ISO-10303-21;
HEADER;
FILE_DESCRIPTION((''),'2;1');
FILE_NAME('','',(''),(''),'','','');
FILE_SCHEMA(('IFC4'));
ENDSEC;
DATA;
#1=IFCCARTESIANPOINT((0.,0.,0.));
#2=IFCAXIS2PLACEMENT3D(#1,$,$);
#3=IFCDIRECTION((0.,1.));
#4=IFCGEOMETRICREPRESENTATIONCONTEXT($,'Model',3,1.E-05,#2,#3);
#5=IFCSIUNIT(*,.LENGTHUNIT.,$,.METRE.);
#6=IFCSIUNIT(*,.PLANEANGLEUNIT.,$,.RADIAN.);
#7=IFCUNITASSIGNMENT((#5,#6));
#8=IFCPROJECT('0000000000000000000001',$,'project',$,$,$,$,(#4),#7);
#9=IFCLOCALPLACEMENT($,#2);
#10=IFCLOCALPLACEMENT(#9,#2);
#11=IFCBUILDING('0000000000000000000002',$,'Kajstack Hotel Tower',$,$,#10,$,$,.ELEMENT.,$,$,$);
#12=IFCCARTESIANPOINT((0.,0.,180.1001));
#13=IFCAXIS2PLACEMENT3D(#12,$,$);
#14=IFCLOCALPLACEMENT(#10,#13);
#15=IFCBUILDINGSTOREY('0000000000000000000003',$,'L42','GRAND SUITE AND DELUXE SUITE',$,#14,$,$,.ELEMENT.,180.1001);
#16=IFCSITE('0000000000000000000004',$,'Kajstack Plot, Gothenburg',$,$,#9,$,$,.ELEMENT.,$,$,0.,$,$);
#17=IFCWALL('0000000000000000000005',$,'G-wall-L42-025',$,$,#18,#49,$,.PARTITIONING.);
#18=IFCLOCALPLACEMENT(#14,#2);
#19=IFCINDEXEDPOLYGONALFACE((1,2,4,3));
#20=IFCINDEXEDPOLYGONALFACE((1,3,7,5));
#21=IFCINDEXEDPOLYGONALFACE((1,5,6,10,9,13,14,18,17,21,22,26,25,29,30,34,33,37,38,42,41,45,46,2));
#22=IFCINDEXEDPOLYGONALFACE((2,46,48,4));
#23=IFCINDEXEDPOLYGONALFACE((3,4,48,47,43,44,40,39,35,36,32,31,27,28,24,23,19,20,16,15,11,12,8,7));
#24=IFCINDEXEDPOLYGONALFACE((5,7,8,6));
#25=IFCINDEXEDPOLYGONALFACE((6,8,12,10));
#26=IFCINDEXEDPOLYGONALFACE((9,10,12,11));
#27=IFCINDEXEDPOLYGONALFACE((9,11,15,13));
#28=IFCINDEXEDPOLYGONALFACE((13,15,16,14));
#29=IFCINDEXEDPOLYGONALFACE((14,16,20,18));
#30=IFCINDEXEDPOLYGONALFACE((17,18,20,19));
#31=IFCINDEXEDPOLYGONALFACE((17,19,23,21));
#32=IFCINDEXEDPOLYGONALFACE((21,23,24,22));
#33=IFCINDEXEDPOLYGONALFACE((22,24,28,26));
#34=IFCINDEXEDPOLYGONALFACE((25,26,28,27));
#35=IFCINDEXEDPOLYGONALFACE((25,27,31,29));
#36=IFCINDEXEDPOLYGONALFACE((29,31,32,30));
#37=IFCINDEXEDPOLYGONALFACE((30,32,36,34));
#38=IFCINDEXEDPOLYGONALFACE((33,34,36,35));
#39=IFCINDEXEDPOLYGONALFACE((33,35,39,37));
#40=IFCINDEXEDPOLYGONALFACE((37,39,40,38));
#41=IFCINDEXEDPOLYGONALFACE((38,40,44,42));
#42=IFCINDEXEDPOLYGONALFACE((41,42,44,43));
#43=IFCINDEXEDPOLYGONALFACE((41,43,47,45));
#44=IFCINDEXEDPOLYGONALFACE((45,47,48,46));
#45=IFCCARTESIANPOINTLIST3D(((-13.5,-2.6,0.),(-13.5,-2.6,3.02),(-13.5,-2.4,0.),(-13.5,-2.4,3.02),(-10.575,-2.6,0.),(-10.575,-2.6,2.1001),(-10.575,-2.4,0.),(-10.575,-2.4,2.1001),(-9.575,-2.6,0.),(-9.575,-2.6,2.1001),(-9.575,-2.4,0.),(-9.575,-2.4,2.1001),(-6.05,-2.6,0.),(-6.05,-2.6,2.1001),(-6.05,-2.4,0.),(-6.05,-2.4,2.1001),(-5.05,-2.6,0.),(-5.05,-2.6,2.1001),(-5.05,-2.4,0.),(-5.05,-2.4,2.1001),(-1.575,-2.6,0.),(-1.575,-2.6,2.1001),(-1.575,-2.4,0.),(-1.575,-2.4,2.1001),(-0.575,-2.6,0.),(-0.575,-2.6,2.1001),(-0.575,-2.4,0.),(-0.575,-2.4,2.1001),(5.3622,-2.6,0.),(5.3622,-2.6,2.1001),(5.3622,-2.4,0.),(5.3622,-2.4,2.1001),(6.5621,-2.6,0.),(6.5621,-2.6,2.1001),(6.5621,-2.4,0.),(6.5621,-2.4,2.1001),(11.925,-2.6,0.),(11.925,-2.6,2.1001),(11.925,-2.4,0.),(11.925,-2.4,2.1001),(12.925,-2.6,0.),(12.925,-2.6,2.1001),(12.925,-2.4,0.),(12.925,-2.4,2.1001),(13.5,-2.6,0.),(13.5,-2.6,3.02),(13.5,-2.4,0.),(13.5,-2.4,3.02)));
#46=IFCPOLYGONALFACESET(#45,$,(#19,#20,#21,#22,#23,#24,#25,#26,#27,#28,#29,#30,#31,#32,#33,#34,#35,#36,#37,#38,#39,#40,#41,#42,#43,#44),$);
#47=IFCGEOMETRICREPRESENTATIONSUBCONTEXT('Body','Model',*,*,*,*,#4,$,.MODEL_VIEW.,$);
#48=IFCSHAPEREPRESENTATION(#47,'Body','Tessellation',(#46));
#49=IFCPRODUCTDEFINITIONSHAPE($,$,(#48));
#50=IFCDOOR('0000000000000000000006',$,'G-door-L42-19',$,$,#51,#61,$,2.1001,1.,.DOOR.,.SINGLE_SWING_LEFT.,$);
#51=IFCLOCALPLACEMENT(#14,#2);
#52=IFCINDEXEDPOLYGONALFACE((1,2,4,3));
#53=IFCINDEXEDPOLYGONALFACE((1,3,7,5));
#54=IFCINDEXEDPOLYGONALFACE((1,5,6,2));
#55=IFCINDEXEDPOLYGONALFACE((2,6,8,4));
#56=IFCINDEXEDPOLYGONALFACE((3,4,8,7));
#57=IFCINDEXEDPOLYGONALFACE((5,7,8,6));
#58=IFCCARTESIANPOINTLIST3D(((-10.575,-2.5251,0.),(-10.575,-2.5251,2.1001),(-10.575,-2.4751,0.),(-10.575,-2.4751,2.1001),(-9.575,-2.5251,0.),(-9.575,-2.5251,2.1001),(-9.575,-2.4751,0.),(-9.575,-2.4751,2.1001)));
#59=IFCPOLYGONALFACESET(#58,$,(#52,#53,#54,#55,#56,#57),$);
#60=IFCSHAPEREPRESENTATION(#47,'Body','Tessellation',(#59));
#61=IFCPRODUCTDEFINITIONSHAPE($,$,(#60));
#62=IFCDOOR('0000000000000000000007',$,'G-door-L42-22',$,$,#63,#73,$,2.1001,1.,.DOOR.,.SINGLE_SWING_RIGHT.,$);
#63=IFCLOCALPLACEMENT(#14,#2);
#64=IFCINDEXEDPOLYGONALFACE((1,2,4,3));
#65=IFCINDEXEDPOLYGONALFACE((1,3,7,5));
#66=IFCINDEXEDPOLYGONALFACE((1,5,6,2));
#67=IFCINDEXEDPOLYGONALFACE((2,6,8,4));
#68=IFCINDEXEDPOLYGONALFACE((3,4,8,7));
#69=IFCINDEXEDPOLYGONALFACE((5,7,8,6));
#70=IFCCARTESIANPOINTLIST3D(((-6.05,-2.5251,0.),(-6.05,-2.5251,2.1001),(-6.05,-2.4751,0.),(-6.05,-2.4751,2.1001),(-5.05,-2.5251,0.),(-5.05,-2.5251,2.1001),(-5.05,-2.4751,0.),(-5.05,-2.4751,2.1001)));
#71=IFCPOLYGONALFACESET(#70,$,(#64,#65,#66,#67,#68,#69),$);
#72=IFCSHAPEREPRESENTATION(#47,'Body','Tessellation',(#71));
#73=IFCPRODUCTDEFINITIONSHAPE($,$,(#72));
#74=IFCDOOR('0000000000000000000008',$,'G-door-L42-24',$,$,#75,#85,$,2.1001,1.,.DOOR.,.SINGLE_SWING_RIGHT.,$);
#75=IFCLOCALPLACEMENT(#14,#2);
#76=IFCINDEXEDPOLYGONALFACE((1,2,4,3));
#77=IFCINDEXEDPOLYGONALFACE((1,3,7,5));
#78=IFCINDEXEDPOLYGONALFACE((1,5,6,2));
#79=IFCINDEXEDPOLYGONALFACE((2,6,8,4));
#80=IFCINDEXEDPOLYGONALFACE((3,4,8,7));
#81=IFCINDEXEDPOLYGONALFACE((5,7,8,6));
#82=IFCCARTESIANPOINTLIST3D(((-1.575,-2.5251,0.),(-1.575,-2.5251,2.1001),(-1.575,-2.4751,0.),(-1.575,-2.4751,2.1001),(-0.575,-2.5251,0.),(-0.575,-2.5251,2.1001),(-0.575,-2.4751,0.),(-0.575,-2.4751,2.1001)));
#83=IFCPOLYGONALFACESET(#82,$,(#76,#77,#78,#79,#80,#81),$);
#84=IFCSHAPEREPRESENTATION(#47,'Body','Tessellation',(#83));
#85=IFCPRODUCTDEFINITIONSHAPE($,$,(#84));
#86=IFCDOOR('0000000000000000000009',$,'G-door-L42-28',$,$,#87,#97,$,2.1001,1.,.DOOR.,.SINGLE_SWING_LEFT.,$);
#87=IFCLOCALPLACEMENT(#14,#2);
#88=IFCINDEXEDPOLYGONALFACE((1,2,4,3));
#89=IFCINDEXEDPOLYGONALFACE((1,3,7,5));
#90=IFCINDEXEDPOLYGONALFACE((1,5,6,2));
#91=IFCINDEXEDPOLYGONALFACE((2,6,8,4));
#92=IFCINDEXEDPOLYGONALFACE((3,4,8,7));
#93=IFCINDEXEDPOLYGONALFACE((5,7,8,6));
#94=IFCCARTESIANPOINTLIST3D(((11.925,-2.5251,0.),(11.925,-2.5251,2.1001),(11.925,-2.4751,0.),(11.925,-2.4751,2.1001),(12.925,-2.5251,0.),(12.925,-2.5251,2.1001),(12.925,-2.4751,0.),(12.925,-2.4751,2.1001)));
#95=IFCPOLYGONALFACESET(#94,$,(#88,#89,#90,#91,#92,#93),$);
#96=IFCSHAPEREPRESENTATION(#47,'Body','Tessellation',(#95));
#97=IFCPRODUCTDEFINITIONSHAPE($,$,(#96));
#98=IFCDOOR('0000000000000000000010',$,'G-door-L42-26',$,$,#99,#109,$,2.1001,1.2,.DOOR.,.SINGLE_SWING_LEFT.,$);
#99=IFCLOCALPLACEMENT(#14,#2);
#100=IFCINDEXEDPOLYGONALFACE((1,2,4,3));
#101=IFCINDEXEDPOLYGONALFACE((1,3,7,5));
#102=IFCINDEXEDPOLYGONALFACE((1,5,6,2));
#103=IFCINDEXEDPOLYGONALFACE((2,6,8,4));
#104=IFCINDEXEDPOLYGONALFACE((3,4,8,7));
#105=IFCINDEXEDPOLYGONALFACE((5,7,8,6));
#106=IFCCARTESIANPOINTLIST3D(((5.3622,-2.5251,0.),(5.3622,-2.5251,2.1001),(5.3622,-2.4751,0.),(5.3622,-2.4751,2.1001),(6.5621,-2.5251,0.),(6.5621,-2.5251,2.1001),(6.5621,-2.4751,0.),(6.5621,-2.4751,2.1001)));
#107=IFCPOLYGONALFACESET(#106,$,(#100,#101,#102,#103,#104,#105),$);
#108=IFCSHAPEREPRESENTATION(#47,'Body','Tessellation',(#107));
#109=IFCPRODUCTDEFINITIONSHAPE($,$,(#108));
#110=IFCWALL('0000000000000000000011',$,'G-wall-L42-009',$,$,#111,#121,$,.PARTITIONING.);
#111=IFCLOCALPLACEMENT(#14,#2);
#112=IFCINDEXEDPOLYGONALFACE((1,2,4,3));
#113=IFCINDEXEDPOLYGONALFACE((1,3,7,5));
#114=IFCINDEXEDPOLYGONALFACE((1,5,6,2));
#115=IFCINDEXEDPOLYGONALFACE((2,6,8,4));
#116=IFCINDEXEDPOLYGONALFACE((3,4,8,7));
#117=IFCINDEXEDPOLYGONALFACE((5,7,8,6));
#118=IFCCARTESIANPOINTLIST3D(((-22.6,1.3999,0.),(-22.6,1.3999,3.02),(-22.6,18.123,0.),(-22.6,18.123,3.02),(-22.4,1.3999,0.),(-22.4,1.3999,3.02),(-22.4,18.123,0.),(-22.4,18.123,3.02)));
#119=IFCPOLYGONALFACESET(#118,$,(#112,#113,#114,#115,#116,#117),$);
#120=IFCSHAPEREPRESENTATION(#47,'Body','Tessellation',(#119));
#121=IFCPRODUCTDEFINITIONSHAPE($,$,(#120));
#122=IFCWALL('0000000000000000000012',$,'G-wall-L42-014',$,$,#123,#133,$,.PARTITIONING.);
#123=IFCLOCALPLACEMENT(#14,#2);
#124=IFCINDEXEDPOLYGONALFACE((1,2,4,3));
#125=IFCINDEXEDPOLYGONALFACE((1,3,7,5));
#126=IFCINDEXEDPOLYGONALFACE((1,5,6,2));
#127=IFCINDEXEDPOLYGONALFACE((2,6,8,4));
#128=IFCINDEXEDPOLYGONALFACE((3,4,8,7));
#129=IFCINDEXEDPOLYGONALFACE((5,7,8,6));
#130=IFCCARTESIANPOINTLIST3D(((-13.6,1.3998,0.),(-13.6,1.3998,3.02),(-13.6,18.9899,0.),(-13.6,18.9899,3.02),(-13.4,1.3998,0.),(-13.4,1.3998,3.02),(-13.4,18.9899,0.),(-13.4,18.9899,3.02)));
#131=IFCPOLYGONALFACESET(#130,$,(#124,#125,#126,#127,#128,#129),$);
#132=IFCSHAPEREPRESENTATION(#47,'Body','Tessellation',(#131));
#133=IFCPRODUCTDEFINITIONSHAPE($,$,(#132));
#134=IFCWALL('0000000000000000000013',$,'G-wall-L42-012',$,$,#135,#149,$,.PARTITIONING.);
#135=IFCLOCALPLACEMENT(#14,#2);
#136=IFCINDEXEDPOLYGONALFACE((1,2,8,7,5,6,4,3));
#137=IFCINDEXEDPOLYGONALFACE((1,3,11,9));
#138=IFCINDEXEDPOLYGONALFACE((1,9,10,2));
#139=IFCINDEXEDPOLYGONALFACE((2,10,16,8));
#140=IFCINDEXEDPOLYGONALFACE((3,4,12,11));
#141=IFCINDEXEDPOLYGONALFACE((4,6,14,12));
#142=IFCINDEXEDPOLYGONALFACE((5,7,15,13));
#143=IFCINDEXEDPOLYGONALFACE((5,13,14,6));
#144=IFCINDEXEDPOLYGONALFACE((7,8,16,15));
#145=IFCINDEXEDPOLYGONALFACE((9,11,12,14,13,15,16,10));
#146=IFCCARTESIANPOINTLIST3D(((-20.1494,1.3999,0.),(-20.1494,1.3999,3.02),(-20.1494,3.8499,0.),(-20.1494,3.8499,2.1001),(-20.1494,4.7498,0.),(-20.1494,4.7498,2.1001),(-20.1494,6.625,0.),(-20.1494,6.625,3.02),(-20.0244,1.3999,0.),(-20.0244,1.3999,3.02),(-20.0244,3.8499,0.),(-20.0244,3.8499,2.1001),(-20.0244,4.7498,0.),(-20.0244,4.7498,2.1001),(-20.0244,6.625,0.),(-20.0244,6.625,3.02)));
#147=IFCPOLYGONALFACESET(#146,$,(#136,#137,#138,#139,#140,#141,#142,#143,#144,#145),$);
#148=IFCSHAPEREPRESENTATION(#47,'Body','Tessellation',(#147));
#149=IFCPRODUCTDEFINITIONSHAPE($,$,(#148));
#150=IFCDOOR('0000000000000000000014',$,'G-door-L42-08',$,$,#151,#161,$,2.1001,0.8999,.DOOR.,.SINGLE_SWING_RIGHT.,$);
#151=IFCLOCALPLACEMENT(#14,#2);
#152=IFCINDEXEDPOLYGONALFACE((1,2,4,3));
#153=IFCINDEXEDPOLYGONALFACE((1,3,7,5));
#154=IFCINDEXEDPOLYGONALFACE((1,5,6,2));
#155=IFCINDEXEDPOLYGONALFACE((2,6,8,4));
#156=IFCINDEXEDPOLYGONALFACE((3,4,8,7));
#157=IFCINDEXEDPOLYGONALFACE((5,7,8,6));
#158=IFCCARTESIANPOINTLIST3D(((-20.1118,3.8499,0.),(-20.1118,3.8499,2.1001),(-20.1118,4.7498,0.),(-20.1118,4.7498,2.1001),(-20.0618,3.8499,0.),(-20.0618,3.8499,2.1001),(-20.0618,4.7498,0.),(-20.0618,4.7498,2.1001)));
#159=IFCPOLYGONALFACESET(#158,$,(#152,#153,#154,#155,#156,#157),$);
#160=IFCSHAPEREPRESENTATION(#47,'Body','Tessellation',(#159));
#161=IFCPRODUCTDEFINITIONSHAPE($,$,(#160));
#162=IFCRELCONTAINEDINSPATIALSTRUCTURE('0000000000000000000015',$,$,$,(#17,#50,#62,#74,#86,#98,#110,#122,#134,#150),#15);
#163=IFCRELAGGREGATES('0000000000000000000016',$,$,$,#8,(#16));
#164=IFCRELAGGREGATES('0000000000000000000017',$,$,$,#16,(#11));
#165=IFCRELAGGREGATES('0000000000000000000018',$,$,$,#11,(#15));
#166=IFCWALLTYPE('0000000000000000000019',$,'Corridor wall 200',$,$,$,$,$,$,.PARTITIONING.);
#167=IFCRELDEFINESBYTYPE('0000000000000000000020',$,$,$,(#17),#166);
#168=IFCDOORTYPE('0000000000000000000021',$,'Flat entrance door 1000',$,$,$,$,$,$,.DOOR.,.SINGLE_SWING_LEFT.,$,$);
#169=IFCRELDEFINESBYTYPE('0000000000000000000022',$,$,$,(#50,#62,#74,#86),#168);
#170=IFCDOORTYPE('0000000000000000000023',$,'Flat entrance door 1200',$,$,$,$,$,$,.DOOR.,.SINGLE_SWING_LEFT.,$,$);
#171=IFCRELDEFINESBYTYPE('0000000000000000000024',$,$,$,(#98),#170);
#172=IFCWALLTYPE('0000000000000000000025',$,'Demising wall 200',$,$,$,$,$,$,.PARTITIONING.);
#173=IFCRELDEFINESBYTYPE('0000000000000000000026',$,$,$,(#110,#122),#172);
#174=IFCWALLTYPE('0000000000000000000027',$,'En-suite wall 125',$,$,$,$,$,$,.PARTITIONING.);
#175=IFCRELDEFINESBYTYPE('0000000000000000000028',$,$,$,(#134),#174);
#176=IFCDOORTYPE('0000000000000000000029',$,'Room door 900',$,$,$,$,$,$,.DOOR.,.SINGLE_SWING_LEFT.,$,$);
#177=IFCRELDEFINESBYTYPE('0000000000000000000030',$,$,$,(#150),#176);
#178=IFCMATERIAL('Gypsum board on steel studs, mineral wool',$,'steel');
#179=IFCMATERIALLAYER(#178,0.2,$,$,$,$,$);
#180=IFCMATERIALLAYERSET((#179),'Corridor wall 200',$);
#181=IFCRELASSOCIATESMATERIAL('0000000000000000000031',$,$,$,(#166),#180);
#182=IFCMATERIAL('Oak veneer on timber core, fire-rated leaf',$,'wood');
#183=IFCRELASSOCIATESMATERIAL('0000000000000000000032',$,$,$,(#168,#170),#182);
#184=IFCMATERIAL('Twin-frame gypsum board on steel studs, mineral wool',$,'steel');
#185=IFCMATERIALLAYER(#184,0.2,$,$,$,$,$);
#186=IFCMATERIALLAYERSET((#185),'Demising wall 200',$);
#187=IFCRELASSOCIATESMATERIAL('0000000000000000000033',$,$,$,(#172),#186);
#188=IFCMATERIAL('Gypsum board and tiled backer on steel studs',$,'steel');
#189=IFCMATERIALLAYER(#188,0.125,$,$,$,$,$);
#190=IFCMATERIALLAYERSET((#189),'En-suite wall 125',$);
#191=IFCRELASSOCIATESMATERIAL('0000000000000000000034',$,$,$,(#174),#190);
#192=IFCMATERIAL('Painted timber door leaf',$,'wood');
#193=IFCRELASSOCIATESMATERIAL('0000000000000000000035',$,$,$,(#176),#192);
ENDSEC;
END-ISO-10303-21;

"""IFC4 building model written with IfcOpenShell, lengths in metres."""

from ifc_helpers import new_model, si_unit, direction, frame, frame_2d, origin, place, context, subcontext, project, spatial, rectangle, extrude, material, layer, layer_set, type_object, element, fill, save


model = new_model("IFC4")

# Units and contexts
model_context = context("Model", 3, precision=1e-05, world=origin(), true_north=direction((0.0, 1.0)))
body_context = subcontext(model_context, "Body", "Model", "MODEL_VIEW")
ifc_project = project(units=[si_unit("LENGTHUNIT", "METRE"), si_unit("PLANEANGLEUNIT", "RADIAN")], contexts=[model_context])

# Site, building, storey
site_placement = place(None, origin())
site = spatial("IfcSite", under=ifc_project, at=site_placement, Name="Kajstack Plot, Gothenburg", CompositionType="ELEMENT", RefElevation=0.0)
building_placement = place(site_placement, origin())
building = spatial("IfcBuilding", under=site, at=building_placement, Name="Kajstack Hotel Tower", CompositionType="ELEMENT")
storey_placement = place(building_placement, frame((0.0, 0.0, 180.1001)))
storey = spatial("IfcBuildingStorey", under=building, at=storey_placement, Name="L42", Description="GRAND SUITE AND DELUXE SUITE", CompositionType="ELEMENT", Elevation=180.1001)

# Wall, openings, doors
ifc_material_1 = material(Name="Gypsum board on steel studs, mineral wool", Category="steel")
ifc_layer_1 = layer(ifc_material_1, 0.2)
ifc_layer_set_1 = layer_set([ifc_layer_1], Name="Corridor wall 200")
wall_type_1 = type_object("IfcWallType", Name="Corridor wall 200", PredefinedType="PARTITIONING", material=ifc_layer_set_1)
wall_1_placement = place(storey_placement, frame((-13.5, -2.5, 0.0), z_axis=(0.0, 0.0, 1.0), x_axis=(1.0, 0.0, 0.0)))
wall_1 = element("IfcWall", 1, at=wall_1_placement, inside=storey, type_object=wall_type_1, Name="G-wall-L42-025", PredefinedType="PARTITIONING", context=body_context, shape_type="SweptSolid", body=[
    extrude(rectangle(XDim=27.0, YDim=0.2, at=frame_2d((13.5, 0.0))), origin(), (0.0, 0.0, 1.0), 3.02),
])
opening_1_placement = place(wall_1_placement, frame((2.925, 0.0, 0.0)))
opening_1 = element("IfcOpeningElement", 2, at=opening_1_placement, cuts=wall_1, PredefinedType="OPENING", context=body_context, shape_type="SweptSolid", body=[
    extrude(rectangle(XDim=1.0, YDim=2.1001, at=frame_2d((0.5, 1.05))), frame((0.0, 0.1099, 0.0), z_axis=(0.0, -1.0, 0.0), x_axis=(1.0, 0.0, 0.0)), (0.0, 0.0, 1.0), 0.22),
])
opening_2_placement = place(wall_1_placement, frame((7.45, 0.0, 0.0)))
opening_2 = element("IfcOpeningElement", 3, at=opening_2_placement, cuts=wall_1, PredefinedType="OPENING", context=body_context, shape_type="SweptSolid", body=[
    extrude(rectangle(XDim=1.0, YDim=2.1001, at=frame_2d((0.5, 1.05))), frame((0.0, 0.1099, 0.0), z_axis=(0.0, -1.0, 0.0), x_axis=(1.0, 0.0, 0.0)), (0.0, 0.0, 1.0), 0.22),
])
opening_3_placement = place(wall_1_placement, frame((11.925, 0.0, 0.0)))
opening_3 = element("IfcOpeningElement", 4, at=opening_3_placement, cuts=wall_1, PredefinedType="OPENING", context=body_context, shape_type="SweptSolid", body=[
    extrude(rectangle(XDim=1.0, YDim=2.1001, at=frame_2d((0.5, 1.05))), frame((0.0, 0.1099, 0.0), z_axis=(0.0, -1.0, 0.0), x_axis=(1.0, 0.0, 0.0)), (0.0, 0.0, 1.0), 0.22),
])
opening_4_placement = place(wall_1_placement, frame((18.8621, 0.0, 0.0)))
opening_4 = element("IfcOpeningElement", 5, at=opening_4_placement, cuts=wall_1, PredefinedType="OPENING", context=body_context, shape_type="SweptSolid", body=[
    extrude(rectangle(XDim=1.2, YDim=2.1001, at=frame_2d((0.6001, 1.05))), frame((0.0, 0.1099, 0.0), z_axis=(0.0, -1.0, 0.0), x_axis=(1.0, 0.0, 0.0)), (0.0, 0.0, 1.0), 0.22),
])
opening_5_placement = place(wall_1_placement, frame((25.425, 0.0, 0.0)))
opening_5 = element("IfcOpeningElement", 6, at=opening_5_placement, cuts=wall_1, PredefinedType="OPENING", context=body_context, shape_type="SweptSolid", body=[
    extrude(rectangle(XDim=1.0, YDim=2.1001, at=frame_2d((0.5, 1.05))), frame((0.0, 0.1099, 0.0), z_axis=(0.0, -1.0, 0.0), x_axis=(1.0, 0.0, 0.0)), (0.0, 0.0, 1.0), 0.22),
])
ifc_material_2 = material(Name="Oak veneer on timber core, fire-rated leaf", Category="wood")
door_type_1 = type_object("IfcDoorType", Name="Flat entrance door 1000", OperationType="SINGLE_SWING_LEFT", PredefinedType="DOOR", material=ifc_material_2)
door_1_placement = place(opening_1_placement, origin())
door_1 = element("IfcDoor", 7, at=door_1_placement, inside=storey, type_object=door_type_1, Name="G-door-L42-19", OperationType="SINGLE_SWING_LEFT", OverallHeight=2.1001, OverallWidth=1.0, PredefinedType="DOOR", context=body_context, shape_type="SweptSolid", body=[
    extrude(rectangle(XDim=1.0, YDim=2.1001, at=frame_2d((0.5, 1.05))), frame((0.0, 0.0249, 0.0), z_axis=(0.0, -1.0, 0.0), x_axis=(1.0, 0.0, 0.0)), (0.0, 0.0, 1.0), 0.05),
])
fill(opening_1, door_1)
door_2_placement = place(opening_2_placement, origin())
door_2 = element("IfcDoor", 8, at=door_2_placement, inside=storey, type_object=door_type_1, Name="G-door-L42-22", OperationType="SINGLE_SWING_RIGHT", OverallHeight=2.1001, OverallWidth=1.0, PredefinedType="DOOR", context=body_context, shape_type="SweptSolid", body=[
    extrude(rectangle(XDim=1.0, YDim=2.1001, at=frame_2d((0.5, 1.05))), frame((0.0, 0.0249, 0.0), z_axis=(0.0, -1.0, 0.0), x_axis=(1.0, 0.0, 0.0)), (0.0, 0.0, 1.0), 0.05),
])
fill(opening_2, door_2)
door_3_placement = place(opening_3_placement, origin())
door_3 = element("IfcDoor", 9, at=door_3_placement, inside=storey, type_object=door_type_1, Name="G-door-L42-24", OperationType="SINGLE_SWING_RIGHT", OverallHeight=2.1001, OverallWidth=1.0, PredefinedType="DOOR", context=body_context, shape_type="SweptSolid", body=[
    extrude(rectangle(XDim=1.0, YDim=2.1001, at=frame_2d((0.5, 1.05))), frame((0.0, 0.0249, 0.0), z_axis=(0.0, -1.0, 0.0), x_axis=(1.0, 0.0, 0.0)), (0.0, 0.0, 1.0), 0.05),
])
fill(opening_3, door_3)
door_4_placement = place(opening_5_placement, origin())
door_4 = element("IfcDoor", 10, at=door_4_placement, inside=storey, type_object=door_type_1, Name="G-door-L42-28", OperationType="SINGLE_SWING_LEFT", OverallHeight=2.1001, OverallWidth=1.0, PredefinedType="DOOR", context=body_context, shape_type="SweptSolid", body=[
    extrude(rectangle(XDim=1.0, YDim=2.1001, at=frame_2d((0.5, 1.05))), frame((0.0, 0.0249, 0.0), z_axis=(0.0, -1.0, 0.0), x_axis=(1.0, 0.0, 0.0)), (0.0, 0.0, 1.0), 0.05),
])
fill(opening_5, door_4)
door_type_2 = type_object("IfcDoorType", Name="Flat entrance door 1200", OperationType="SINGLE_SWING_LEFT", PredefinedType="DOOR", material=ifc_material_2)
door_5_placement = place(opening_4_placement, origin())
door_5 = element("IfcDoor", 11, at=door_5_placement, inside=storey, type_object=door_type_2, Name="G-door-L42-26", OperationType="SINGLE_SWING_LEFT", OverallHeight=2.1001, OverallWidth=1.2, PredefinedType="DOOR", context=body_context, shape_type="SweptSolid", body=[
    extrude(rectangle(XDim=1.2, YDim=2.1001, at=frame_2d((0.6001, 1.05))), frame((0.0, 0.0249, 0.0), z_axis=(0.0, -1.0, 0.0), x_axis=(1.0, 0.0, 0.0)), (0.0, 0.0, 1.0), 0.05),
])
fill(opening_4, door_5)

# Walls
ifc_material_3 = material(Name="Twin-frame gypsum board on steel studs, mineral wool", Category="steel")
ifc_layer_2 = layer(ifc_material_3, 0.2)
ifc_layer_set_2 = layer_set([ifc_layer_2], Name="Demising wall 200")
wall_type_2 = type_object("IfcWallType", Name="Demising wall 200", PredefinedType="PARTITIONING", material=ifc_layer_set_2)
wall_2_placement = place(storey_placement, frame((-22.5, 1.3999, 0.0), z_axis=(0.0, 0.0, 1.0), x_axis=(0.0, 1.0, 0.0)))
element("IfcWall", 12, at=wall_2_placement, inside=storey, type_object=wall_type_2, Name="G-wall-L42-009", PredefinedType="PARTITIONING", context=body_context, shape_type="SweptSolid", body=[
    extrude(rectangle(XDim=16.7231, YDim=0.2, at=frame_2d((8.3616, 0.0))), origin(), (0.0, 0.0, 1.0), 3.02),
])
wall_3_placement = place(storey_placement, frame((-13.5, 1.3999, 0.0), z_axis=(0.0, 0.0, 1.0), x_axis=(0.0, 1.0, 0.0)))
element("IfcWall", 13, at=wall_3_placement, inside=storey, type_object=wall_type_2, Name="G-wall-L42-014", PredefinedType="PARTITIONING", context=body_context, shape_type="SweptSolid", body=[
    extrude(rectangle(XDim=17.5901, YDim=0.2, at=frame_2d((8.7949, 0.0))), origin(), (0.0, 0.0, 1.0), 3.02),
])

# Wall, opening, door
ifc_material_4 = material(Name="Gypsum board and tiled backer on steel studs", Category="steel")
ifc_layer_3 = layer(ifc_material_4, 0.125)
ifc_layer_set_3 = layer_set([ifc_layer_3], Name="En-suite wall 125")
wall_type_3 = type_object("IfcWallType", Name="En-suite wall 125", PredefinedType="PARTITIONING", material=ifc_layer_set_3)
wall_4_placement = place(storey_placement, frame((-20.0869, 1.3999, 0.0), z_axis=(0.0, 0.0, 1.0), x_axis=(0.0, 1.0, 0.0)))
wall_4 = element("IfcWall", 14, at=wall_4_placement, inside=storey, type_object=wall_type_3, Name="G-wall-L42-012", PredefinedType="PARTITIONING", context=body_context, shape_type="SweptSolid", body=[
    extrude(rectangle(XDim=5.2251, YDim=0.125, at=frame_2d((2.6125, 0.0))), origin(), (0.0, 0.0, 1.0), 3.02),
])
opening_6_placement = place(wall_4_placement, frame((2.45, 0.0, 0.0)))
opening_6 = element("IfcOpeningElement", 15, at=opening_6_placement, cuts=wall_4, PredefinedType="OPENING", context=body_context, shape_type="SweptSolid", body=[
    extrude(rectangle(XDim=0.8999, YDim=2.1001, at=frame_2d((0.45, 1.05))), frame((0.0, 0.0725, 0.0), z_axis=(0.0, -1.0, 0.0), x_axis=(1.0, 0.0, 0.0)), (0.0, 0.0, 1.0), 0.145),
])
ifc_material_5 = material(Name="Painted timber door leaf", Category="wood")
door_type_3 = type_object("IfcDoorType", Name="Room door 900", OperationType="SINGLE_SWING_LEFT", PredefinedType="DOOR", material=ifc_material_5)
door_6_placement = place(opening_6_placement, origin())
door_6 = element("IfcDoor", 16, at=door_6_placement, inside=storey, type_object=door_type_3, Name="G-door-L42-08", OperationType="SINGLE_SWING_RIGHT", OverallHeight=2.1001, OverallWidth=0.8999, PredefinedType="DOOR", context=body_context, shape_type="SweptSolid", body=[
    extrude(rectangle(XDim=0.8999, YDim=2.1001, at=frame_2d((0.45, 1.05))), frame((0.0, 0.0249, 0.0), z_axis=(0.0, -1.0, 0.0), x_axis=(1.0, 0.0, 0.0)), (0.0, 0.0, 1.0), 0.05),
])
fill(opening_6, door_6)

save(model, "model.ifc")
